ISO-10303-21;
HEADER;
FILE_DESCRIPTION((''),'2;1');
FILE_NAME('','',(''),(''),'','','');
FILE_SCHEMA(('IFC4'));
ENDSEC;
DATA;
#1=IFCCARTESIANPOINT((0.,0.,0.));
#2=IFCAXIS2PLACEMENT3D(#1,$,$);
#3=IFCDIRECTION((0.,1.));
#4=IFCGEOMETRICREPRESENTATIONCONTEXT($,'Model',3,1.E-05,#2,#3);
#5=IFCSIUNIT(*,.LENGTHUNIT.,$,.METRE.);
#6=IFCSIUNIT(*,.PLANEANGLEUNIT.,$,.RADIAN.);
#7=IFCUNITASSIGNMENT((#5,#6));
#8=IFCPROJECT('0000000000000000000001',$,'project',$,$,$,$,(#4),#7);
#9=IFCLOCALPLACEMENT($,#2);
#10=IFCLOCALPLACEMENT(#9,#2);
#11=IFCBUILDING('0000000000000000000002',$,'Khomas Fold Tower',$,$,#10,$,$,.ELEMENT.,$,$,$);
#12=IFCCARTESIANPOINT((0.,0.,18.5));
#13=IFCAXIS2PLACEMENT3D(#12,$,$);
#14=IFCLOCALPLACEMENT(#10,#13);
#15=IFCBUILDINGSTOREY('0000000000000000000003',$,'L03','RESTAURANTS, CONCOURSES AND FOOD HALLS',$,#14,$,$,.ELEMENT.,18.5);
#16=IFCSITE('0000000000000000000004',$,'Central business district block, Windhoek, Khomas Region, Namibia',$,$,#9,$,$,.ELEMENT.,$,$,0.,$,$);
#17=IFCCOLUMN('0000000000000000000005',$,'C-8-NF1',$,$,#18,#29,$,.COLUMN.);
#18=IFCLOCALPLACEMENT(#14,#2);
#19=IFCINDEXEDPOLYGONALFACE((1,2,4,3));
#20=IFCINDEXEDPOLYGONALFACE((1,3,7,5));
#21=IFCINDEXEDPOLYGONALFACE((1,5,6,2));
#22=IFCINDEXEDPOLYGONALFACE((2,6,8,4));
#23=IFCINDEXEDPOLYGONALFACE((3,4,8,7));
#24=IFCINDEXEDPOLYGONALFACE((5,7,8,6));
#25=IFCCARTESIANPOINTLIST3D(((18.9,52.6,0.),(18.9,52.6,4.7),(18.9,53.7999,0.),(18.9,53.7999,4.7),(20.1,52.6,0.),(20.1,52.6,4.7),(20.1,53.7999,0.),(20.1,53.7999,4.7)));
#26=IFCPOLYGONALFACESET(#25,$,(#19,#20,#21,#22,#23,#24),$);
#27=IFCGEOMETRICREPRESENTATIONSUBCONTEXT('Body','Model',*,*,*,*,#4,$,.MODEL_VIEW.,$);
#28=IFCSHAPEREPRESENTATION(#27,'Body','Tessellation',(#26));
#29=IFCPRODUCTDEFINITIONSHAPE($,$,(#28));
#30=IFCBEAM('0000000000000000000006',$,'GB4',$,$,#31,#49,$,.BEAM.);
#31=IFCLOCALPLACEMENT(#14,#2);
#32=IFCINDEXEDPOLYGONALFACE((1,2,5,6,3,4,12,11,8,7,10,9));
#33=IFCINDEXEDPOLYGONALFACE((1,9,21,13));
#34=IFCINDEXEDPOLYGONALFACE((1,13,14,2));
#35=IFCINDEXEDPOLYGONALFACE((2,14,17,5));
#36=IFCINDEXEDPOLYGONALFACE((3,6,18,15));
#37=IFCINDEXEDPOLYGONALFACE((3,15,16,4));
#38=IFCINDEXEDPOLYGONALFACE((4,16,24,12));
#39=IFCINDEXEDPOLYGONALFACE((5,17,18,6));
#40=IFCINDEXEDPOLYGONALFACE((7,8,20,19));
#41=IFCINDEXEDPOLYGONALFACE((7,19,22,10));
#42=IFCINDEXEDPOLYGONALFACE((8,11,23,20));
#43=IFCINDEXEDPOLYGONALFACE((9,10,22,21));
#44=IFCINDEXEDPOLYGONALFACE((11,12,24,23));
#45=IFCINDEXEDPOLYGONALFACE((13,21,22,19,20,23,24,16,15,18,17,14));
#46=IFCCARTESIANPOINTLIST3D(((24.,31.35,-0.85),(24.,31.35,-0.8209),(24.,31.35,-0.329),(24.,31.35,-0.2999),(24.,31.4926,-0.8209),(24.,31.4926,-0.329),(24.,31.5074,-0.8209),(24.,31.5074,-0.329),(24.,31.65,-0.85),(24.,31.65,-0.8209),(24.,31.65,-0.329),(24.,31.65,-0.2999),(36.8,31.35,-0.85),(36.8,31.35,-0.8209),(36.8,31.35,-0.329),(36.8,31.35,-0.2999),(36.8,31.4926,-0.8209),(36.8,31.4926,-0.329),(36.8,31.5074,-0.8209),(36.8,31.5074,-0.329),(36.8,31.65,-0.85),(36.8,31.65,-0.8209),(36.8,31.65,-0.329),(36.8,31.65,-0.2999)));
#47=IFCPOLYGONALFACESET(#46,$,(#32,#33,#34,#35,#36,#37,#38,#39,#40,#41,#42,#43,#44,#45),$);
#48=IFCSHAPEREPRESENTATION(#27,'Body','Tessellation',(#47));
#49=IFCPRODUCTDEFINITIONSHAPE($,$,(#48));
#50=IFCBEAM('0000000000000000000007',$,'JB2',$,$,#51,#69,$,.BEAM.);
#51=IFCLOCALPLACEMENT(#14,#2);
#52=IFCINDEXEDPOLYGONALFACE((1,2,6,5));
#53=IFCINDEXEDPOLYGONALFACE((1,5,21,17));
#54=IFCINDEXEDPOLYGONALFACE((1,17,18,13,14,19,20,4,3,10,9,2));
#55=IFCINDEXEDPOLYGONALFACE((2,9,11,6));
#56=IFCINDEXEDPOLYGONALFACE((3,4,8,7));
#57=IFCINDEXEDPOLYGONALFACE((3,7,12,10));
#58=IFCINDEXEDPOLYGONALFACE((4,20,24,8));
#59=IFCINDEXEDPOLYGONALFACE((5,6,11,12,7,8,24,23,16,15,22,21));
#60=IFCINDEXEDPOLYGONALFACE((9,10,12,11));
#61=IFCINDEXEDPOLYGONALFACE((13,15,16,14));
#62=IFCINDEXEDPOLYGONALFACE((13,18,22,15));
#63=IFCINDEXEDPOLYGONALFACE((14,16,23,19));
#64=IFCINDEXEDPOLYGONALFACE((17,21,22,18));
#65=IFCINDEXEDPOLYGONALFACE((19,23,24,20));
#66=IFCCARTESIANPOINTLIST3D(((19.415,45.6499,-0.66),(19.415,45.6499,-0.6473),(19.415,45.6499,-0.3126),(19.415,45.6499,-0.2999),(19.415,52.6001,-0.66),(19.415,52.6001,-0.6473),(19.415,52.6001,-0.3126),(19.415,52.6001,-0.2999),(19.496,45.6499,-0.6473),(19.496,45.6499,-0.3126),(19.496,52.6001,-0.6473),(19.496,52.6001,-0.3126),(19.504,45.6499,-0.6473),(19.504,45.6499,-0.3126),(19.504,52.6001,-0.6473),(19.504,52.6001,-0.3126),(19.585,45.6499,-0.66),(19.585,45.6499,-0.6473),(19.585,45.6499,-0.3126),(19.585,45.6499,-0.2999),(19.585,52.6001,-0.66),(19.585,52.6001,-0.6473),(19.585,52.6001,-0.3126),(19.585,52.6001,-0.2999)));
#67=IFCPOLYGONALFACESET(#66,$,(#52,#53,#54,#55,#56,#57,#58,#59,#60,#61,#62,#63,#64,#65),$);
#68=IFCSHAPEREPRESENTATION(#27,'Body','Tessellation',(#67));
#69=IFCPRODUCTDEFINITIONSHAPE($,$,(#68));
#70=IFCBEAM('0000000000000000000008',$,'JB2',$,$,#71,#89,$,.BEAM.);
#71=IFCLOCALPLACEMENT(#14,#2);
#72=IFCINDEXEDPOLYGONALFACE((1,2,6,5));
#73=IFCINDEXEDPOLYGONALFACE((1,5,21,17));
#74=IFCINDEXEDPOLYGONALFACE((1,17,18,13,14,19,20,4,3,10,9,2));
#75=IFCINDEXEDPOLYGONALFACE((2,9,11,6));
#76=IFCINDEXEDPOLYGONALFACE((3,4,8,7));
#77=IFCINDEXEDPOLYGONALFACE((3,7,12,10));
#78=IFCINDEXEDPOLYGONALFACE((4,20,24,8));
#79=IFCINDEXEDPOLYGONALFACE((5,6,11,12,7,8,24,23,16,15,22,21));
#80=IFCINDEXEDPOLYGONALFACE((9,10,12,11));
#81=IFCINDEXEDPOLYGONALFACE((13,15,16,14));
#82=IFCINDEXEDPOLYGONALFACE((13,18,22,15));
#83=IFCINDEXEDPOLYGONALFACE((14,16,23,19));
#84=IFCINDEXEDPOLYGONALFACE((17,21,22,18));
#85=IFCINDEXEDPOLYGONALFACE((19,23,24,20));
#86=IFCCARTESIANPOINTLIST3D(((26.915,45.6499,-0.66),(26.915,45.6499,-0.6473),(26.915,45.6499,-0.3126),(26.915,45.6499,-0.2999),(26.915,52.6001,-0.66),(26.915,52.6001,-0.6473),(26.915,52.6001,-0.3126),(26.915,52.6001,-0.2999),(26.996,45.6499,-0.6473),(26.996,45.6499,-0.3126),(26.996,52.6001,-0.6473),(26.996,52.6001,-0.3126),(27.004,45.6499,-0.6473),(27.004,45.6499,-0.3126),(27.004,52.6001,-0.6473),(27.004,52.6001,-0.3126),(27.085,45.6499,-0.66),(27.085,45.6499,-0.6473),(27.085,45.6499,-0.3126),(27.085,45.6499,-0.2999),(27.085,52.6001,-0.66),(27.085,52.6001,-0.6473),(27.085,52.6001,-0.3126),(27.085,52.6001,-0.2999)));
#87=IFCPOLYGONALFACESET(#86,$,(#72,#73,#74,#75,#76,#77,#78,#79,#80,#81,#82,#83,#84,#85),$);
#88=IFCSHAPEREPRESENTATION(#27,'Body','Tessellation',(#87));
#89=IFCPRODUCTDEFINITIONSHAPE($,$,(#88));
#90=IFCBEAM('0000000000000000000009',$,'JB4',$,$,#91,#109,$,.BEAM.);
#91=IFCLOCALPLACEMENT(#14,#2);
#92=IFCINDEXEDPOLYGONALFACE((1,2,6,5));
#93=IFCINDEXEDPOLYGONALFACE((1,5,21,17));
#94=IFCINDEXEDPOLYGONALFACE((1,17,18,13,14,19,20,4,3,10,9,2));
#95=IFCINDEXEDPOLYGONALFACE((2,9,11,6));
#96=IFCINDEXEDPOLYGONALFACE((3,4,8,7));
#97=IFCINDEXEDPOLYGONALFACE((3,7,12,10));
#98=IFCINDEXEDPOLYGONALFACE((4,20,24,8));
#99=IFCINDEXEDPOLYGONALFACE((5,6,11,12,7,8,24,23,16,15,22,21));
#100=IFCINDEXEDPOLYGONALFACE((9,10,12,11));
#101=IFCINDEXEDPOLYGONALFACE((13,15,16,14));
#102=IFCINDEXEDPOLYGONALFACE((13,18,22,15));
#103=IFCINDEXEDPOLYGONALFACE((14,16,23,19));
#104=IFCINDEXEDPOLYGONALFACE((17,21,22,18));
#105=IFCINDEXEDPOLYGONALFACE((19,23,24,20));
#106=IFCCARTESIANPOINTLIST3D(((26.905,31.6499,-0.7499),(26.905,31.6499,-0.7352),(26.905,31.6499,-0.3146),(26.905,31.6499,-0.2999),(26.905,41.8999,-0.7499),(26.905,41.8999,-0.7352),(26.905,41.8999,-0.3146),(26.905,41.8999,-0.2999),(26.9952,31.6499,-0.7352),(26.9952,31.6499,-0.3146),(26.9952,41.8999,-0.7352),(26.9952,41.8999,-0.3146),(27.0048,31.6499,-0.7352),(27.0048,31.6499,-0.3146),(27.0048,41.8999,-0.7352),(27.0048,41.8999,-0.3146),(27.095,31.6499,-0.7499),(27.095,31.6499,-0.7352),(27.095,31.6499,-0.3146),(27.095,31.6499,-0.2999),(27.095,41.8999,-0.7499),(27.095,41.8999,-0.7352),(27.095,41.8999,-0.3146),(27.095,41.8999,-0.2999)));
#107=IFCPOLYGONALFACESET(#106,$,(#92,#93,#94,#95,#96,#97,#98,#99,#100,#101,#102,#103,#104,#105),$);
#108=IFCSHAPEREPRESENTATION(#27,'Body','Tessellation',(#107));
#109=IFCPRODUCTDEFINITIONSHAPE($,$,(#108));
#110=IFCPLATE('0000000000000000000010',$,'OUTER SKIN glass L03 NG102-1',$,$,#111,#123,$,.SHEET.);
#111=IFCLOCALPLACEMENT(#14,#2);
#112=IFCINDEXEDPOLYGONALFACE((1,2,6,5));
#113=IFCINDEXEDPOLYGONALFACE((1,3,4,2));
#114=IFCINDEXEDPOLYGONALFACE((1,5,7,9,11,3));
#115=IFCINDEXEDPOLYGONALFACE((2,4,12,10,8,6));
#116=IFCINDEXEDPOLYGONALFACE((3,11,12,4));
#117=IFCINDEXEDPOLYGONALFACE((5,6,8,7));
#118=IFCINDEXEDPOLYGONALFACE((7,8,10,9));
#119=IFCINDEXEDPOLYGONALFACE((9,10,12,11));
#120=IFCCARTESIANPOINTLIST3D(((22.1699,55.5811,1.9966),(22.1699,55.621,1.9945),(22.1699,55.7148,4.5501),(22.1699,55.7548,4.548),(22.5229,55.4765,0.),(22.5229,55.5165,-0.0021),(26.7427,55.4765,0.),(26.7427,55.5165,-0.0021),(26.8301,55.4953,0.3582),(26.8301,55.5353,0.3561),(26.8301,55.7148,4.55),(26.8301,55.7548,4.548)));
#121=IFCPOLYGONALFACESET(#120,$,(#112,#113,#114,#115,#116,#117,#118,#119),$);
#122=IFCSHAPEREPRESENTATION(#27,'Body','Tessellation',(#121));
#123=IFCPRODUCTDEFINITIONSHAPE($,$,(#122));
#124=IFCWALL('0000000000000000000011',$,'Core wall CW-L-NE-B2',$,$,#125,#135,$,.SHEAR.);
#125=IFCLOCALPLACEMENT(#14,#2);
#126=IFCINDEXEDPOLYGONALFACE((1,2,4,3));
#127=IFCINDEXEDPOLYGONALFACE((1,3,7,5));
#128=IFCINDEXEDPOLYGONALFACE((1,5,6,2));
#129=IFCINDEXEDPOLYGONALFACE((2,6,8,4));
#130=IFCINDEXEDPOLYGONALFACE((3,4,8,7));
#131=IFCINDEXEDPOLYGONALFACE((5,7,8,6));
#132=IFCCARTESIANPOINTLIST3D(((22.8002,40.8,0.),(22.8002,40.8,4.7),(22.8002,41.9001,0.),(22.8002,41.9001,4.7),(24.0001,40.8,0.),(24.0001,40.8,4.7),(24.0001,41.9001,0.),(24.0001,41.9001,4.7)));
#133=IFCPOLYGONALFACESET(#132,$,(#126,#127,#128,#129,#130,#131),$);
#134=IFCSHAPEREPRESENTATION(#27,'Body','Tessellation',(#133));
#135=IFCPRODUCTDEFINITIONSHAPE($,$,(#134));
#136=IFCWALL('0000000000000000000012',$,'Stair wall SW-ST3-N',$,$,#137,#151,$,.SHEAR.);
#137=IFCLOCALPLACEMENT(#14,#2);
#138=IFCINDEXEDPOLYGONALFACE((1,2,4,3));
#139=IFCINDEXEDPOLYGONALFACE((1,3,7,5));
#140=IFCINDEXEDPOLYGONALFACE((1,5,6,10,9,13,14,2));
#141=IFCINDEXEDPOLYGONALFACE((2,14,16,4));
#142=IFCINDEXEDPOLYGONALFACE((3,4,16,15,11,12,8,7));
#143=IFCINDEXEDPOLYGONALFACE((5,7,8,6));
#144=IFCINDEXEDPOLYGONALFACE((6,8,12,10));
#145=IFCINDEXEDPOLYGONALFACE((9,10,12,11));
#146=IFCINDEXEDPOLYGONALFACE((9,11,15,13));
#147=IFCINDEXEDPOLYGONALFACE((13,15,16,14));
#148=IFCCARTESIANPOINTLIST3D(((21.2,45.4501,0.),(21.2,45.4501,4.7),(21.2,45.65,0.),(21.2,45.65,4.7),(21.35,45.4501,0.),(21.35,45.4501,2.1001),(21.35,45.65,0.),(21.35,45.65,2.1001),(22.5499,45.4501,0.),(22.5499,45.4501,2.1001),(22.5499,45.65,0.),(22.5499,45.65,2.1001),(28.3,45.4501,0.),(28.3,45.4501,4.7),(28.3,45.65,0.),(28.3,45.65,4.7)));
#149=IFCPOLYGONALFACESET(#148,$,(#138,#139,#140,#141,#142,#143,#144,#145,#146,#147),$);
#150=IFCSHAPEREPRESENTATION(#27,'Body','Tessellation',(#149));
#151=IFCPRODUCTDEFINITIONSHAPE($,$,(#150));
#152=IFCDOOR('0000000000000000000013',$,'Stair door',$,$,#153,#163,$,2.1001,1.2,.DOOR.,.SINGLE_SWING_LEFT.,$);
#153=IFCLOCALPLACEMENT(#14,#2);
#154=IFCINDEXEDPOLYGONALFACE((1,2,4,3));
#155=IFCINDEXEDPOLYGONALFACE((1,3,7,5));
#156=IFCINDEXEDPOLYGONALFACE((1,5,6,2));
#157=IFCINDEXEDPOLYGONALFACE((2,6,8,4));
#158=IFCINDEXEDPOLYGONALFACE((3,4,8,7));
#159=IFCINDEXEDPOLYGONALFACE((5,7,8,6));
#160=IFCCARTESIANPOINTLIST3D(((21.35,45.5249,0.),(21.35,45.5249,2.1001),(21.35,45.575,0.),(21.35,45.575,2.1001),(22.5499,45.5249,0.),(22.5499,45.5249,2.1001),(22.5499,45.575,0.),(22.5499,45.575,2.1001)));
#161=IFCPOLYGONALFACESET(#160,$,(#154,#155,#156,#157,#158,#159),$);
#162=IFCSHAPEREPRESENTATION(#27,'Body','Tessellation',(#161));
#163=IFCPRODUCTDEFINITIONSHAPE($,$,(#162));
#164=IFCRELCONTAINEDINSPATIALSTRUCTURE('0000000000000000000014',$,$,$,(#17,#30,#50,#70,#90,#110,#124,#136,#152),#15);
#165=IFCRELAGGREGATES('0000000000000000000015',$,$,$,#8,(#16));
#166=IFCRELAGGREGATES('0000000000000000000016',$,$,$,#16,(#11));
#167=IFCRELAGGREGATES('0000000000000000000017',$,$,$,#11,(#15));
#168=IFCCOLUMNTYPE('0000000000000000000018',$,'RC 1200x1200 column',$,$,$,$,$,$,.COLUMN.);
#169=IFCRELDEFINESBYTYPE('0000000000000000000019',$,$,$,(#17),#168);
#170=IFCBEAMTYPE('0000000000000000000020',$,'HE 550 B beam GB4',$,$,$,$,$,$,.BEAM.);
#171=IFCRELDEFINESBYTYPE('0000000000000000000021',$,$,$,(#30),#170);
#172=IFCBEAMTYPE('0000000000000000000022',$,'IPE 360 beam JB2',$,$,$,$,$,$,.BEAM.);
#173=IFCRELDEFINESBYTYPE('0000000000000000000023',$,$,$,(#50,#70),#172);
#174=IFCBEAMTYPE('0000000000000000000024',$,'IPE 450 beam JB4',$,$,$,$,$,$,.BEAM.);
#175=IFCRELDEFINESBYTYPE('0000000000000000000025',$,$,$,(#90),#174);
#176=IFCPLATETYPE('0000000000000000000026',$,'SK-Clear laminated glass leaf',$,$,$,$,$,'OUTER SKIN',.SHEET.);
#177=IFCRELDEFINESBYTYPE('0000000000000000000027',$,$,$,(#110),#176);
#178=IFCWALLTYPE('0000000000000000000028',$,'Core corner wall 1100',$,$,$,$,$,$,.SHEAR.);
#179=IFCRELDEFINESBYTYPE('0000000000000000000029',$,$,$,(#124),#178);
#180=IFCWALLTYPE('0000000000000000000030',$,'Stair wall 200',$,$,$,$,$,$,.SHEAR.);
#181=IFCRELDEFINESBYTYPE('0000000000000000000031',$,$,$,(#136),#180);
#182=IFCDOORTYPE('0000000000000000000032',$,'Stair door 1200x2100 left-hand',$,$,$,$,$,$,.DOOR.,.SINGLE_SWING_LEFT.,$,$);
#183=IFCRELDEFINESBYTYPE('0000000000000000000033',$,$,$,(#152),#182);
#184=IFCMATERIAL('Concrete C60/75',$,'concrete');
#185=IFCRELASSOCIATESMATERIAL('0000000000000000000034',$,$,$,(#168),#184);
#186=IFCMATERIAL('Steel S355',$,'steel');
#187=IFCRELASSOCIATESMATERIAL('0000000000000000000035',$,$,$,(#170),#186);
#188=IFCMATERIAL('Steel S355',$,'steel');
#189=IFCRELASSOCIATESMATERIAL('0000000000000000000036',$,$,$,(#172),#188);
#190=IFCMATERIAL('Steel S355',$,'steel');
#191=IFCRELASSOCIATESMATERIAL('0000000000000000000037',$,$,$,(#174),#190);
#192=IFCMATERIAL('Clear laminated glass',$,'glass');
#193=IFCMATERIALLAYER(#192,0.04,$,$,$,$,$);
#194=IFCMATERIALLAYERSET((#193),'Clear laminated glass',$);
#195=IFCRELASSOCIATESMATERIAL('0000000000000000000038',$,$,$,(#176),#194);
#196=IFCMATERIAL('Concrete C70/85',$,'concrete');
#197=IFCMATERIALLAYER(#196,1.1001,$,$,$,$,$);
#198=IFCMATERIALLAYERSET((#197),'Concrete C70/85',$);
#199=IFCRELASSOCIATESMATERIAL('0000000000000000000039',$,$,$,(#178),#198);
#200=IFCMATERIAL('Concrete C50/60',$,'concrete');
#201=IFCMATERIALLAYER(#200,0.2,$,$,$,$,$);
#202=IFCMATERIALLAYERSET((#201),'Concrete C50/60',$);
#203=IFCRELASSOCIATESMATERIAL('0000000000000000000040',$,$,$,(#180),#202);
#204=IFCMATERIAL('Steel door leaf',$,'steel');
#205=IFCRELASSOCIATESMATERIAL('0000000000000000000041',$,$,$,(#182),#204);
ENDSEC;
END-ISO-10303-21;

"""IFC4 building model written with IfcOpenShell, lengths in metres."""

from ifc_helpers import new_model, si_unit, direction, frame, frame_2d, origin, origin_2d, place, context, subcontext, project, spatial, polyline, rectangle, i_section, outline, extrude, source, transform, mapped, material, layer, layer_set, material_profile, profile_set, type_object, element, fill, save


model = new_model("IFC4")

# Units and contexts
model_context = context("Model", 3, precision=1e-05, world=origin(), true_north=direction((0.0, 1.0)))
body_context = subcontext(model_context, "Body", "Model", "MODEL_VIEW")
ifc_project = project(units=[si_unit("LENGTHUNIT", "METRE"), si_unit("PLANEANGLEUNIT", "RADIAN")], contexts=[model_context])

# Site, building, storey
site_placement = place(None, origin())
site = spatial("IfcSite", under=ifc_project, at=site_placement, Name="Central business district block, Windhoek, Khomas Region, Namibia", CompositionType="ELEMENT", RefElevation=0.0)
building_placement = place(site_placement, origin())
building = spatial("IfcBuilding", under=site, at=building_placement, Name="Khomas Fold Tower", CompositionType="ELEMENT")
storey_placement = place(building_placement, frame((0.0, 0.0, 18.5)))
storey = spatial("IfcBuildingStorey", under=building, at=storey_placement, Name="L03", Description="RESTAURANTS, CONCOURSES AND FOOD HALLS", CompositionType="ELEMENT", Elevation=18.5)

# Column
ifc_material_1 = material(Name="Concrete C60/75", Category="concrete")
ifc_material_profile_1 = material_profile(ifc_material_1, rectangle(XDim=1.2, YDim=1.2, at=origin_2d()), Name="RC 1200x1200")
ifc_profile_set_1 = profile_set([ifc_material_profile_1], Name="Concrete C60/75")
column_type = type_object("IfcColumnType", Name="RC 1200x1200 column", PredefinedType="COLUMN", material=ifc_profile_set_1)
shared_shape_1 = source(origin(), body_context, "Body", "SweptSolid", [
    extrude(rectangle(XDim=1.2, YDim=1.2, at=origin_2d()), origin(), (0.0, 0.0, 1.0), 4.7),
])
column_placement = place(storey_placement, frame((19.5, 53.2, 0.0), z_axis=(0.0, 0.0, 1.0), x_axis=(1.0, 0.0, 0.0)))
element("IfcColumn", 1, at=column_placement, inside=storey, type_object=column_type, Name="C-8-NF1", PredefinedType="COLUMN", context=body_context, shape_type="MappedRepresentation", body=[
    mapped(shared_shape_1, transform((0.0, 0.0, 0.0))),
])

# Beams
ifc_material_2 = material(Name="Steel S355", Category="steel")
ifc_material_profile_2 = material_profile(ifc_material_2, i_section(OverallWidth=0.3, OverallDepth=0.55, WebThickness=0.0149, FlangeThickness=0.0291, at=origin_2d()), Name="HE 550 B")
ifc_profile_set_2 = profile_set([ifc_material_profile_2], Name="Steel S355")
beam_type_1 = type_object("IfcBeamType", Name="HE 550 B beam GB4", PredefinedType="BEAM", material=ifc_profile_set_2)
shared_shape_2 = source(origin(), body_context, "Body", "SweptSolid", [
    extrude(i_section(OverallWidth=0.3, OverallDepth=0.55, WebThickness=0.0149, FlangeThickness=0.0291, at=origin_2d()), origin(), (0.0, 0.0, 1.0), 12.8),
])
beam_1_placement = place(storey_placement, frame((24.0, 31.5, -0.575), z_axis=(1.0, 0.0, 0.0), x_axis=(0.0, 1.0, 0.0)))
element("IfcBeam", 2, at=beam_1_placement, inside=storey, type_object=beam_type_1, Name="GB4", PredefinedType="BEAM", context=body_context, shape_type="MappedRepresentation", body=[
    mapped(shared_shape_2, transform((0.0, 0.0, 0.0))),
])
ifc_material_3 = material(Name="Steel S355", Category="steel")
ifc_material_profile_3 = material_profile(ifc_material_3, i_section(OverallWidth=0.1699, OverallDepth=0.3601, WebThickness=0.0081, FlangeThickness=0.0127, at=origin_2d()), Name="IPE 360")
ifc_profile_set_3 = profile_set([ifc_material_profile_3], Name="Steel S355")
beam_type_2 = type_object("IfcBeamType", Name="IPE 360 beam JB2", PredefinedType="BEAM", material=ifc_profile_set_3)
shared_shape_3 = source(origin(), body_context, "Body", "SweptSolid", [
    extrude(i_section(OverallWidth=0.1699, OverallDepth=0.3601, WebThickness=0.0081, FlangeThickness=0.0127, at=origin_2d()), origin(), (0.0, 0.0, 1.0), 6.9502),
])
for number, where, z_axis, x_axis, name in (
    (3, (19.5, 45.6499, -0.48), (0.0, 1.0, 0.0), (-1.0, 0.0, 0.0), "JB2"),
    (4, (27.0, 45.6499, -0.48), (0.0, 1.0, 0.0), (-1.0, 0.0, 0.0), "JB2"),
):
    element("IfcBeam", number, at=place(storey_placement, frame(where, z_axis=z_axis, x_axis=x_axis)), inside=storey, type_object=beam_type_2, Name=name, PredefinedType="BEAM", context=body_context, shape_type="MappedRepresentation", body=[
        mapped(shared_shape_3, transform((0.0, 0.0, 0.0))),
    ])
ifc_material_4 = material(Name="Steel S355", Category="steel")
ifc_material_profile_4 = material_profile(ifc_material_4, i_section(OverallWidth=0.1899, OverallDepth=0.45, WebThickness=0.0095, FlangeThickness=0.0146, at=origin_2d()), Name="IPE 450")
ifc_profile_set_4 = profile_set([ifc_material_profile_4], Name="Steel S355")
beam_type_3 = type_object("IfcBeamType", Name="IPE 450 beam JB4", PredefinedType="BEAM", material=ifc_profile_set_4)
shared_shape_4 = source(origin(), body_context, "Body", "SweptSolid", [
    extrude(i_section(OverallWidth=0.1899, OverallDepth=0.45, WebThickness=0.0095, FlangeThickness=0.0146, at=origin_2d()), origin(), (0.0, 0.0, 1.0), 10.25),
])
beam_2_placement = place(storey_placement, frame((27.0, 31.6499, -0.5249), z_axis=(0.0, 1.0, 0.0), x_axis=(-1.0, 0.0, 0.0)))
element("IfcBeam", 5, at=beam_2_placement, inside=storey, type_object=beam_type_3, Name="JB4", PredefinedType="BEAM", context=body_context, shape_type="MappedRepresentation", body=[
    mapped(shared_shape_4, transform((0.0, 0.0, 0.0))),
])

# Plate
ifc_material_5 = material(Name="Clear laminated glass", Category="glass")
ifc_layer_1 = layer(ifc_material_5, 0.04)
ifc_layer_set_1 = layer_set([ifc_layer_1], Name="Clear laminated glass")
plate_type = type_object("IfcPlateType", Name="SK-Clear laminated glass leaf", ElementType="OUTER SKIN", PredefinedType="SHEET", material=ifc_layer_set_1)
plate_placement = place(storey_placement, frame((22.1699, 55.5811, 1.9966), z_axis=(0.000012, -0.998632, 0.052298), x_axis=(0.0, 0.052298, 0.998632)))
element("IfcPlate", 6, at=plate_placement, inside=storey, type_object=plate_type, Name="OUTER SKIN glass L03 NG102-1", PredefinedType="SHEET", context=body_context, shape_type="SweptSolid", body=[
    extrude(outline(polyline([(0.0, 0.0), (2.557, 0.0), (2.557, -4.6602), (-1.6407, -4.6602), (-1.9993, -4.5728), (-1.9993, -0.353), (0.0, 0.0)])), origin(), (0.0, 0.0, -1.0), 0.04),
])

# Wall
ifc_material_6 = material(Name="Concrete C70/85", Category="concrete")
ifc_layer_2 = layer(ifc_material_6, 1.1001)
ifc_layer_set_2 = layer_set([ifc_layer_2], Name="Concrete C70/85")
wall_type_1 = type_object("IfcWallType", Name="Core corner wall 1100", PredefinedType="SHEAR", material=ifc_layer_set_2)
shared_shape_5 = source(origin(), body_context, "Body", "SweptSolid", [
    extrude(rectangle(XDim=1.2, YDim=1.1001, at=frame_2d((0.6001, 0.0))), origin(), (0.0, 0.0, 1.0), 4.7),
])
wall_1_placement = place(storey_placement, frame((22.8, 41.3501, 0.0), z_axis=(0.0, 0.0, 1.0), x_axis=(1.0, 0.0, 0.0)))
element("IfcWall", 7, at=wall_1_placement, inside=storey, type_object=wall_type_1, Name="Core wall CW-L-NE-B2", PredefinedType="SHEAR", context=body_context, shape_type="MappedRepresentation", body=[
    mapped(shared_shape_5, transform((0.0, 0.0, 0.0))),
])

# Wall, opening, door
ifc_material_7 = material(Name="Concrete C50/60", Category="concrete")
ifc_layer_3 = layer(ifc_material_7, 0.2)
ifc_layer_set_3 = layer_set([ifc_layer_3], Name="Concrete C50/60")
wall_type_2 = type_object("IfcWallType", Name="Stair wall 200", PredefinedType="SHEAR", material=ifc_layer_set_3)
shared_shape_6 = source(origin(), body_context, "Body", "SweptSolid", [
    extrude(rectangle(XDim=7.1001, YDim=0.2, at=frame_2d((3.55, 0.0))), origin(), (0.0, 0.0, 1.0), 4.7),
])
wall_2_placement = place(storey_placement, frame((21.2, 45.55, 0.0), z_axis=(0.0, 0.0, 1.0), x_axis=(1.0, 0.0, 0.0)))
wall_2 = element("IfcWall", 8, at=wall_2_placement, inside=storey, type_object=wall_type_2, Name="Stair wall SW-ST3-N", PredefinedType="SHEAR", context=body_context, shape_type="MappedRepresentation", body=[
    mapped(shared_shape_6, transform((0.0, 0.0, 0.0))),
])
shared_shape_7 = source(origin(), body_context, "Body", "SweptSolid", [
    extrude(rectangle(XDim=1.2, YDim=2.1001, at=frame_2d((0.6001, 1.05))), frame((0.0, 0.1099, 0.0), z_axis=(0.0, -1.0, 0.0), x_axis=(1.0, 0.0, 0.0)), (0.0, 0.0, 1.0), 0.22),
])
opening_1_placement = place(wall_2_placement, frame((0.1499, 0.0, 0.0)))
opening_1 = element("IfcOpeningElement", 9, at=opening_1_placement, cuts=wall_2, PredefinedType="OPENING", context=body_context, shape_type="MappedRepresentation", body=[
    mapped(shared_shape_7, transform((0.0, 0.0, 0.0))),
])
ifc_material_8 = material(Name="Steel door leaf", Category="steel")
door_type_1 = type_object("IfcDoorType", Name="Stair door 1200x2100 left-hand", OperationType="SINGLE_SWING_LEFT", PredefinedType="DOOR", material=ifc_material_8)
shared_shape_8 = source(origin(), body_context, "Body", "SweptSolid", [
    extrude(rectangle(XDim=1.2, YDim=2.1001, at=frame_2d((0.6001, 1.05))), frame((0.0, 0.0249, 0.0), z_axis=(0.0, -1.0, 0.0), x_axis=(1.0, 0.0, 0.0)), (0.0, 0.0, 1.0), 0.05),
])
door_1_placement = place(opening_1_placement, origin())
door_1 = element("IfcDoor", 10, at=door_1_placement, inside=storey, type_object=door_type_1, Name="Stair door", OperationType="SINGLE_SWING_LEFT", OverallHeight=2.1001, OverallWidth=1.2, PredefinedType="DOOR", context=body_context, shape_type="MappedRepresentation", body=[
    mapped(shared_shape_8, transform((0.0, 0.0, 0.0))),
])
fill(opening_1, door_1)

save(model, "model.ifc")
